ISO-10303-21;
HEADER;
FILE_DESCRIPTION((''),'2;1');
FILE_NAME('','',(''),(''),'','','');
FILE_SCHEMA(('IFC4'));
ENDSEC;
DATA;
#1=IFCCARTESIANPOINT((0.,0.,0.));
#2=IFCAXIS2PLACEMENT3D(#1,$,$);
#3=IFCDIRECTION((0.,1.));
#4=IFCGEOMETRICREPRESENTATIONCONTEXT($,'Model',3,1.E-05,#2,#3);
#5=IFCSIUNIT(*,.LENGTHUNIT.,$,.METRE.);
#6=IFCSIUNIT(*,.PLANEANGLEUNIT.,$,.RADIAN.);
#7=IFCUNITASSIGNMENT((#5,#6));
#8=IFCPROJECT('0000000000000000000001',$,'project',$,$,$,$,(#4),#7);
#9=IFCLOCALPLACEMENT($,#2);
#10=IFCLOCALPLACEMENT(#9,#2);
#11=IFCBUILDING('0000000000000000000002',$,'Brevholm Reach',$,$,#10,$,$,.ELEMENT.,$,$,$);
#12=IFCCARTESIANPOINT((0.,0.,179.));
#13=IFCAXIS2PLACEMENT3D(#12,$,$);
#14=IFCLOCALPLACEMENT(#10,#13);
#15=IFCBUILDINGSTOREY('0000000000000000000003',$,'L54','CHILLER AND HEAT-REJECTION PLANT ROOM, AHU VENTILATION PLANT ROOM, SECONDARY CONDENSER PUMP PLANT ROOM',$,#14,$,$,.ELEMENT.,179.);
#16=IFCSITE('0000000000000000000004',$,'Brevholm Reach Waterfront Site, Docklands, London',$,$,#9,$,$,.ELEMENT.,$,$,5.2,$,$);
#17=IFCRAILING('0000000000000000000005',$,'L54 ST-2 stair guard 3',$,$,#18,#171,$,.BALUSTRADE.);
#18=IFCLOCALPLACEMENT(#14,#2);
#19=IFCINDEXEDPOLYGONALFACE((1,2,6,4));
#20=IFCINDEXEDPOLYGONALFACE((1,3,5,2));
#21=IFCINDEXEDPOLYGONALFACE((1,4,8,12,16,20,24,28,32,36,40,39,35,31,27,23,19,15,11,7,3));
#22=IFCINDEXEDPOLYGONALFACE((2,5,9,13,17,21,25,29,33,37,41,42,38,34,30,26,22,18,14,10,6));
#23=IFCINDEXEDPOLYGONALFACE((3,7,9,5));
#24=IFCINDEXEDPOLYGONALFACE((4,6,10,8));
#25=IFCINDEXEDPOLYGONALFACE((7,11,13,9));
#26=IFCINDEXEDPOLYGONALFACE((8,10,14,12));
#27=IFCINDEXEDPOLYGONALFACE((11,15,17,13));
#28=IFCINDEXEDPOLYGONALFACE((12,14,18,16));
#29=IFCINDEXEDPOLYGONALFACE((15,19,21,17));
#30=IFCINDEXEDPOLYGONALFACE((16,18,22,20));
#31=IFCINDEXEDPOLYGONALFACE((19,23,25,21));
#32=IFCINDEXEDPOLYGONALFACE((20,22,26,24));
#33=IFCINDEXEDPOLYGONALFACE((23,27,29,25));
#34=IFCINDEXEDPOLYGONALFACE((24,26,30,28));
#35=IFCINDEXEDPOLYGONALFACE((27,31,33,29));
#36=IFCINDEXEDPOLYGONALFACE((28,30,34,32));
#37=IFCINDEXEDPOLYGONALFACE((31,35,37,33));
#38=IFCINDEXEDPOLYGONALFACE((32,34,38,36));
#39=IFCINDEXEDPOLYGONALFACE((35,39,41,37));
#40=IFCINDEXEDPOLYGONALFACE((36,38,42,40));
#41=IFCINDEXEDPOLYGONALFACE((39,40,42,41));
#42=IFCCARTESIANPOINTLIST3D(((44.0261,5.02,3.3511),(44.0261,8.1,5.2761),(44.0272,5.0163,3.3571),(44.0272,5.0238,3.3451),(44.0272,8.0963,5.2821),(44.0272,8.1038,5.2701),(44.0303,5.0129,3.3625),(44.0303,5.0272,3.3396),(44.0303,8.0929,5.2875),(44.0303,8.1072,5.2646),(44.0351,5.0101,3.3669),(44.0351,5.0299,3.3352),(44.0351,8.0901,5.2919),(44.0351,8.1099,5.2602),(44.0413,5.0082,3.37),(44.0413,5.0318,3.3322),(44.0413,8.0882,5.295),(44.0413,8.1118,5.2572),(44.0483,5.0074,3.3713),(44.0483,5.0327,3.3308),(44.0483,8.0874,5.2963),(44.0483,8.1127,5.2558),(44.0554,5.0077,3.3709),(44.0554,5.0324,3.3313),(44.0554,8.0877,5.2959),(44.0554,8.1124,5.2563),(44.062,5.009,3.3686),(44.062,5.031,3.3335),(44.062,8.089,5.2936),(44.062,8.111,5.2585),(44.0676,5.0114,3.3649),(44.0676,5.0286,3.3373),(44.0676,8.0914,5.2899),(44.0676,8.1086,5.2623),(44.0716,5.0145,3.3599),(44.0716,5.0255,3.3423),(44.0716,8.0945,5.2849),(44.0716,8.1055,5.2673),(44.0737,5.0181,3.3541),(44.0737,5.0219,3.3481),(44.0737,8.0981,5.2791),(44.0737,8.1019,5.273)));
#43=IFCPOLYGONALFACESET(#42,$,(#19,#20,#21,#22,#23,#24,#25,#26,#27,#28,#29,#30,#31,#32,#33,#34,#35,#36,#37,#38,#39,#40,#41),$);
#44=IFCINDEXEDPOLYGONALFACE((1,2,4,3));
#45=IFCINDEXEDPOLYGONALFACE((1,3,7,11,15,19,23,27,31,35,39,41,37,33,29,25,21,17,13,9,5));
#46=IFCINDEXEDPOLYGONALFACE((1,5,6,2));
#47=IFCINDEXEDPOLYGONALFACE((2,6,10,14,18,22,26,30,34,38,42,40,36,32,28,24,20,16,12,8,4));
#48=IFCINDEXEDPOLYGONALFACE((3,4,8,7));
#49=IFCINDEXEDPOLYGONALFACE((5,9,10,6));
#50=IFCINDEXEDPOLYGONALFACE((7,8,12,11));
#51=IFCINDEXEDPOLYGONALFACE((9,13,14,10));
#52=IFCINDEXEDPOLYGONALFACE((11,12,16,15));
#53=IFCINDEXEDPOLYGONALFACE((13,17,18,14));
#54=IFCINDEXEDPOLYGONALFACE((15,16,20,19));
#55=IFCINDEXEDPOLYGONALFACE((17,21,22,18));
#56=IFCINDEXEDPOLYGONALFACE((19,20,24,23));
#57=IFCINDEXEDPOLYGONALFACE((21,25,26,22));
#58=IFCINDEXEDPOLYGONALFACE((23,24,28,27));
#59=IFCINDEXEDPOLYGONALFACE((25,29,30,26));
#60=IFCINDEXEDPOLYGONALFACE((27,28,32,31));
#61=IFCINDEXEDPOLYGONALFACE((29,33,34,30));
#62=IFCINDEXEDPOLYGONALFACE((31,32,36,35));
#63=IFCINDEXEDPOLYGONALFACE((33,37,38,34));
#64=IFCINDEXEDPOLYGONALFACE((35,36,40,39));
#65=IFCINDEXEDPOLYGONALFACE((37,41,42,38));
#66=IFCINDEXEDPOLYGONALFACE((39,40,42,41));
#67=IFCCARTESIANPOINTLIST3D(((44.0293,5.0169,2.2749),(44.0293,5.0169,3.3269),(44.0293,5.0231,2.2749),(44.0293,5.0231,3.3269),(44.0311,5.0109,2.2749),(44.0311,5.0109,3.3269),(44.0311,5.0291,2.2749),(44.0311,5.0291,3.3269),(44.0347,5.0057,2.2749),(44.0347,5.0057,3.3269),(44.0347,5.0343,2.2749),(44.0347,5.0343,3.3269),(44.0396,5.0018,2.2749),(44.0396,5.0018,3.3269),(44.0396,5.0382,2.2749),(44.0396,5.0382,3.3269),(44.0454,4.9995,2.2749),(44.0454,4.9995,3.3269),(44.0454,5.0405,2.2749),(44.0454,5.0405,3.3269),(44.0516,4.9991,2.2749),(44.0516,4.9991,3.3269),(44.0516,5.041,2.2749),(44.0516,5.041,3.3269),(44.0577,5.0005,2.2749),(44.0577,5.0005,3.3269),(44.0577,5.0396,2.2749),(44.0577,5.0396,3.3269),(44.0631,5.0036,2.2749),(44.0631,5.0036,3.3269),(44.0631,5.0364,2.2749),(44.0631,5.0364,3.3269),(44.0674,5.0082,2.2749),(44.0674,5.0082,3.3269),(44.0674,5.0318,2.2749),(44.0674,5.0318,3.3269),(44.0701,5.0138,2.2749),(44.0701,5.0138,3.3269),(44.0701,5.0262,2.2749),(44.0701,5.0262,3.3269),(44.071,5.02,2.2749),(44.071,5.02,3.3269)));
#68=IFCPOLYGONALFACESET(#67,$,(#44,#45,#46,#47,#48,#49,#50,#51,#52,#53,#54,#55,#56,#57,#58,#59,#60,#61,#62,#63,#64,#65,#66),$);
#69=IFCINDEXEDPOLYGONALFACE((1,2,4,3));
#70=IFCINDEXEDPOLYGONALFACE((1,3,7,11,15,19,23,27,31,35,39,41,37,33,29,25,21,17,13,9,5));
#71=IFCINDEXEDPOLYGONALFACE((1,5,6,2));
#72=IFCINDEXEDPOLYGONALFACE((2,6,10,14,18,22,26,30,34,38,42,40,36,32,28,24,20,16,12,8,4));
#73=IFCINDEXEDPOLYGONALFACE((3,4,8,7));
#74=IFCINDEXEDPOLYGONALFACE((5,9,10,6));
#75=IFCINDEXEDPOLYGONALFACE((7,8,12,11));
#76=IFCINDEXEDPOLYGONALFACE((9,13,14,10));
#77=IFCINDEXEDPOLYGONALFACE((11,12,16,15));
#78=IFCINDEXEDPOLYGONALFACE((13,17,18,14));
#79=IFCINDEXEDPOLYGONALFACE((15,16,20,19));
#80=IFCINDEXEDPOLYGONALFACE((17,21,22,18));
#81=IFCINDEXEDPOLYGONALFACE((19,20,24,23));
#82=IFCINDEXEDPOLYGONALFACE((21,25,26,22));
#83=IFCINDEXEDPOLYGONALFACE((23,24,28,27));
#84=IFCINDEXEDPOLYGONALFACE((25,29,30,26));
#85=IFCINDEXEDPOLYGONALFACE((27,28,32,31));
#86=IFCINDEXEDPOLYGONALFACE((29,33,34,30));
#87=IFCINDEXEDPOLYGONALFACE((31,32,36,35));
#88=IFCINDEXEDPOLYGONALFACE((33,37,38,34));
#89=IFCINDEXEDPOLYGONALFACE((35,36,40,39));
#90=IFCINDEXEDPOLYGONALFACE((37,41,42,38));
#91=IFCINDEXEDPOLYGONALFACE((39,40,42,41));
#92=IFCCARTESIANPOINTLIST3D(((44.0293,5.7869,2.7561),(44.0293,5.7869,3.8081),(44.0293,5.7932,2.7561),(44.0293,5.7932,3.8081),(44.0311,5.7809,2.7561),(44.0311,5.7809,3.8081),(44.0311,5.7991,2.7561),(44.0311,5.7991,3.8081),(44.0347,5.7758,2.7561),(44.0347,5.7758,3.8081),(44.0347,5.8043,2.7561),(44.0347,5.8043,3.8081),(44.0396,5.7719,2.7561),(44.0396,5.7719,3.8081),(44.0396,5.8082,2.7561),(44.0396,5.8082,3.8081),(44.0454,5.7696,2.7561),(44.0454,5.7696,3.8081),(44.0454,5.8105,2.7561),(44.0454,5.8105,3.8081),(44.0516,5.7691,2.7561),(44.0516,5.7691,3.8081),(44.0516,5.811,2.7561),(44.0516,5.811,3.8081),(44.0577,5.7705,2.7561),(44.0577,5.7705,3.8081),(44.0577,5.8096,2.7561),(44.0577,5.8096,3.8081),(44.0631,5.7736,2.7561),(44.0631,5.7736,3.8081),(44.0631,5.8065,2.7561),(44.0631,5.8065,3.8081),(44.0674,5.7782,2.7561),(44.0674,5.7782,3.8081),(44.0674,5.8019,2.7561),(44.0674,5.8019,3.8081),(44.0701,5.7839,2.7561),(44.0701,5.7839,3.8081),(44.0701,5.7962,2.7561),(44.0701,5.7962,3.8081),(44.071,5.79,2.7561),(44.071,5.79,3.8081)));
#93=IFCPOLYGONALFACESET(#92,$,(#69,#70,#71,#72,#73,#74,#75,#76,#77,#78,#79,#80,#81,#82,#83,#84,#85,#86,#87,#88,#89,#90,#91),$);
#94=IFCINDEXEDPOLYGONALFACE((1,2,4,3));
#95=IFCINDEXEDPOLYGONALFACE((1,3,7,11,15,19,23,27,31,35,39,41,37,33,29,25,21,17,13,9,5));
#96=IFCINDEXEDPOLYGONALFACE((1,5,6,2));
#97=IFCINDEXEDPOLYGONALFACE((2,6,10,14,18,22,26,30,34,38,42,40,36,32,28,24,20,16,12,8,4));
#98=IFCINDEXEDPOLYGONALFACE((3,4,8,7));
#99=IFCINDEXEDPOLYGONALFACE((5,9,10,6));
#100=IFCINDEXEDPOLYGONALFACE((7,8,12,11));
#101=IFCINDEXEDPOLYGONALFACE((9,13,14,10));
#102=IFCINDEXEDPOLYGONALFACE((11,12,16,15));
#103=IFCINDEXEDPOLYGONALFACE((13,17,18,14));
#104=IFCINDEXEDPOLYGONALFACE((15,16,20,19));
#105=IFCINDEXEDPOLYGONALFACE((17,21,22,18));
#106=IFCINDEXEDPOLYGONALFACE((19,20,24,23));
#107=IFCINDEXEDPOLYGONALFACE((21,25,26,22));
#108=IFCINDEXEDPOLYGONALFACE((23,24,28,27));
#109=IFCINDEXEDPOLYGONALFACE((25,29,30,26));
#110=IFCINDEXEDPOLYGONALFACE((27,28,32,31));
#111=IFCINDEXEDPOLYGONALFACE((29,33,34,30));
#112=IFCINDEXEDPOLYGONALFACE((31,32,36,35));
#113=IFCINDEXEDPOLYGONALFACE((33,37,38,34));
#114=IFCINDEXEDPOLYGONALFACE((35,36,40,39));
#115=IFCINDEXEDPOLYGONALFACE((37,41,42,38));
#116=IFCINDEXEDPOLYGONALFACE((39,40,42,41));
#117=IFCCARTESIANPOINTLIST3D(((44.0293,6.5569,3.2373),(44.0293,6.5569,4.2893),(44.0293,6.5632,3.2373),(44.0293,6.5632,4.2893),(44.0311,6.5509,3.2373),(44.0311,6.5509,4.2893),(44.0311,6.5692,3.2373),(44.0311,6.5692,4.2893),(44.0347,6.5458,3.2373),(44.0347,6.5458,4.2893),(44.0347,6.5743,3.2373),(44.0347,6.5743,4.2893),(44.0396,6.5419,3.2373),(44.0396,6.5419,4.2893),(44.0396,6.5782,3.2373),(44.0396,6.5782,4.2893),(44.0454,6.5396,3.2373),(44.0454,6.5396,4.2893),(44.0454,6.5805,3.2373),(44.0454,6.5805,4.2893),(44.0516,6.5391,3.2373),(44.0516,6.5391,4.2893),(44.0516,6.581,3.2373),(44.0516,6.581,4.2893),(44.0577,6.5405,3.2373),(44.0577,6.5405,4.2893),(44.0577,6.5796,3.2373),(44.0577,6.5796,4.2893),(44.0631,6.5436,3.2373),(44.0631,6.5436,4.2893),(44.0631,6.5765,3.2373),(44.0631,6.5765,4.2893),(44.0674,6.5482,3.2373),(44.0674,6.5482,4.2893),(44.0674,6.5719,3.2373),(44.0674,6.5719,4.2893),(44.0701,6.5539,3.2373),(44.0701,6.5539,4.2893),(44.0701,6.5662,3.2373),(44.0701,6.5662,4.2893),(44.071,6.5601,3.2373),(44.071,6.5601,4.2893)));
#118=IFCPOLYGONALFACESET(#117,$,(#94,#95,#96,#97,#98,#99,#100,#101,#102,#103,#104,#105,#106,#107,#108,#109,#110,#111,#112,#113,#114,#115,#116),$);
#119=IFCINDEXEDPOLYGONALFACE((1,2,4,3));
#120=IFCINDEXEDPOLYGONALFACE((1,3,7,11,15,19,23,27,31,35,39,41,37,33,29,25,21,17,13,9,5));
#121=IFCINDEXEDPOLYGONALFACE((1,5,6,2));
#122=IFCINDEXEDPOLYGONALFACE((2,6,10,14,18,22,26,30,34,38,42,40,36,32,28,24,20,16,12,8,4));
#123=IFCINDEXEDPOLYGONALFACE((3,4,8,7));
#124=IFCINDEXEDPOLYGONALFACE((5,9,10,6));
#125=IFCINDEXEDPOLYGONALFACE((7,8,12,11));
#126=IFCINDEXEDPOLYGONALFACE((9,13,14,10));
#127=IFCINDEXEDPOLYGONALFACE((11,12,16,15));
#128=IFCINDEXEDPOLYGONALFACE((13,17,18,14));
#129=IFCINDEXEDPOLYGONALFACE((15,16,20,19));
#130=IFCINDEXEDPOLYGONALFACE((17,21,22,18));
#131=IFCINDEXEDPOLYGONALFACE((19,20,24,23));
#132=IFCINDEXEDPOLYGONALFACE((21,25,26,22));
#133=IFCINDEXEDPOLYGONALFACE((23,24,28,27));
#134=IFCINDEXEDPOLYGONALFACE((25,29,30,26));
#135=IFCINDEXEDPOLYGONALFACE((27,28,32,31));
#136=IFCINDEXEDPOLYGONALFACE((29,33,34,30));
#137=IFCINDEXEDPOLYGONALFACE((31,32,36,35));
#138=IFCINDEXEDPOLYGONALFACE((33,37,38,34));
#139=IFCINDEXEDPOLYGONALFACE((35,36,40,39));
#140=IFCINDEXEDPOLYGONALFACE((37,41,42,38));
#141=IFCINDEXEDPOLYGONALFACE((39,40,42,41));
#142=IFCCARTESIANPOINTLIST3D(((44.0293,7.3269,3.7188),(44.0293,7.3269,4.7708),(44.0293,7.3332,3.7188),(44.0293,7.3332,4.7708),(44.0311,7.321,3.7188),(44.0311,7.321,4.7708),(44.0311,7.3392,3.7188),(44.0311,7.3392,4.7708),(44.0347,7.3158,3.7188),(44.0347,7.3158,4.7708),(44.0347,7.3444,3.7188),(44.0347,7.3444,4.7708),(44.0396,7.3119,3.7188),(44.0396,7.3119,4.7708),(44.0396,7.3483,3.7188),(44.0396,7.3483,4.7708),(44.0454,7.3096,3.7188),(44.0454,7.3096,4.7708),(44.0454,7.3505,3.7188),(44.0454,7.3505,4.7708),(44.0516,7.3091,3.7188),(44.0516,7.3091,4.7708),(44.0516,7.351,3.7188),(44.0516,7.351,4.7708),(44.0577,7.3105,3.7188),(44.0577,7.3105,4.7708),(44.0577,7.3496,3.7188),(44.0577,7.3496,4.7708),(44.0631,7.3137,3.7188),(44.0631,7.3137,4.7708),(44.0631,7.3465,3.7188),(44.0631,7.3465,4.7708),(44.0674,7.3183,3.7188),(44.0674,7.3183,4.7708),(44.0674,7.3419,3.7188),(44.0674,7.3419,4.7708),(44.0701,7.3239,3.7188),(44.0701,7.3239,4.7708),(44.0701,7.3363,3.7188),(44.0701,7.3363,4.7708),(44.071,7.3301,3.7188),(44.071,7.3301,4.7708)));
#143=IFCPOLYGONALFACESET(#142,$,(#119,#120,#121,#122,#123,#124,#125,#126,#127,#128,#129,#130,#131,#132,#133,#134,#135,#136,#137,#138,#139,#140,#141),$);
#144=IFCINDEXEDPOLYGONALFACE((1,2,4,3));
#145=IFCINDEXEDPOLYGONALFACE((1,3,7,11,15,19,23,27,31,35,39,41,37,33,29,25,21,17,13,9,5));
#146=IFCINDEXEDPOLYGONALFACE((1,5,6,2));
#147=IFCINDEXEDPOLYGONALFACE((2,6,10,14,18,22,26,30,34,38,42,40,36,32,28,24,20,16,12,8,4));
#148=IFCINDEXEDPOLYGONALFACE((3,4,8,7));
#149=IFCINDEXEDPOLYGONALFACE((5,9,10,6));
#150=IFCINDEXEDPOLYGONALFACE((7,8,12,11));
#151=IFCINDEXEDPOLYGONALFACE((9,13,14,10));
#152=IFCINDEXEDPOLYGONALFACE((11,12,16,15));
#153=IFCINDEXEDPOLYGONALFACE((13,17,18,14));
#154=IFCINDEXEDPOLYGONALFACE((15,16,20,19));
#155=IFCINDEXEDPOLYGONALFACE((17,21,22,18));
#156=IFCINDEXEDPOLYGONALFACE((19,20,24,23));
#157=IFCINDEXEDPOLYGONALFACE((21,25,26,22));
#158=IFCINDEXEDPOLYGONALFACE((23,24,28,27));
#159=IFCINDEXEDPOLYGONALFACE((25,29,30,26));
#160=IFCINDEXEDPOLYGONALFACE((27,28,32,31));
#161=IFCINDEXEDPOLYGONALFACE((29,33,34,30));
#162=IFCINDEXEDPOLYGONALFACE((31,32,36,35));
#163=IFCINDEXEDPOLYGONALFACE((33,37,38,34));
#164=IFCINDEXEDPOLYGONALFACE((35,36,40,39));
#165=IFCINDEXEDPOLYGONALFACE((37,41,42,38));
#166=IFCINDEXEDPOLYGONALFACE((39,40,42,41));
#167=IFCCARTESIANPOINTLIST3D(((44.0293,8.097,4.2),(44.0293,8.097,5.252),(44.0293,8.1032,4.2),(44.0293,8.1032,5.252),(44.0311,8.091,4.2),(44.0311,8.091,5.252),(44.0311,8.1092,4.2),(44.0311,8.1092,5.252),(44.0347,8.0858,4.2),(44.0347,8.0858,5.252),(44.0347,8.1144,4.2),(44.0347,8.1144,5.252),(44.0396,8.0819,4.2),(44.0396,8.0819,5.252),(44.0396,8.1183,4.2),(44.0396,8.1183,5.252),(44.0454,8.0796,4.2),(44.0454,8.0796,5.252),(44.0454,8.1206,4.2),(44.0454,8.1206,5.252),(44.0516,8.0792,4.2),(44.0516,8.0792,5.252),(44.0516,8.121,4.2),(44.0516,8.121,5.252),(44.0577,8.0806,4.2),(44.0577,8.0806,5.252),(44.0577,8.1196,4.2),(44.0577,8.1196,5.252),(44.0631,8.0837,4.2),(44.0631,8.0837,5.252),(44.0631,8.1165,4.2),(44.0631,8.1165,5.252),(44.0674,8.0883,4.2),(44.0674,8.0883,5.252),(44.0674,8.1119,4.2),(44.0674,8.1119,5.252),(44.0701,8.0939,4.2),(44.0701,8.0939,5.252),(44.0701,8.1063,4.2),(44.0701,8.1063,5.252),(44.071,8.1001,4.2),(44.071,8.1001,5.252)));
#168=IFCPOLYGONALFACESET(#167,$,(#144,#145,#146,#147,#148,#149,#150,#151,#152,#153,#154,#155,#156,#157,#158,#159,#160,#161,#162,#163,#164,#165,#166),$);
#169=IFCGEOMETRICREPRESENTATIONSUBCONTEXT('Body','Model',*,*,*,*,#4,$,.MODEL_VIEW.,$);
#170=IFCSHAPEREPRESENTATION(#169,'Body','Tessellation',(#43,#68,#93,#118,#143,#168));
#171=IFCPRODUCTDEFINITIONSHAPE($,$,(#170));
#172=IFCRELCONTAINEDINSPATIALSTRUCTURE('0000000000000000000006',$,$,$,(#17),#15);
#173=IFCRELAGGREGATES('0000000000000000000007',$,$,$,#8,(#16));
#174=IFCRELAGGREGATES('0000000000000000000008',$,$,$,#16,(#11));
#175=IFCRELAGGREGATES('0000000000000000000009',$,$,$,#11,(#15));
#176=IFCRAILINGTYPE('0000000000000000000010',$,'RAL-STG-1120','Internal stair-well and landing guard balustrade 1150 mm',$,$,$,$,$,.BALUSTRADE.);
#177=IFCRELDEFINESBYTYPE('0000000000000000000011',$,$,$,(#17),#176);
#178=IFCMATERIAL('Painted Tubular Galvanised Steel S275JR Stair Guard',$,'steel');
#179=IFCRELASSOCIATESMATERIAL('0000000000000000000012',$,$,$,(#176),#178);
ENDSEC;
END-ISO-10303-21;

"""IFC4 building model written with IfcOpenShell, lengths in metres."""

from ifc_helpers import new_model, si_unit, direction, frame, origin, origin_2d, place, context, subcontext, project, spatial, circle, extrude, material, type_object, element, save


model = new_model("IFC4")

# Units and contexts
model_context = context("Model", 3, precision=1e-05, world=origin(), true_north=direction((0.0, 1.0)))
body_context = subcontext(model_context, "Body", "Model", "MODEL_VIEW")
ifc_project = project(units=[si_unit("LENGTHUNIT", "METRE"), si_unit("PLANEANGLEUNIT", "RADIAN")], contexts=[model_context])

# Site, building, storey
site_placement = place(None, origin())
site = spatial("IfcSite", under=ifc_project, at=site_placement, Name="Brevholm Reach Waterfront Site, Docklands, London", CompositionType="ELEMENT", RefElevation=5.2)
building_placement = place(site_placement, origin())
building = spatial("IfcBuilding", under=site, at=building_placement, Name="Brevholm Reach", CompositionType="ELEMENT")
storey_placement = place(building_placement, frame((0.0, 0.0, 179.0)))
storey = spatial("IfcBuildingStorey", under=building, at=storey_placement, Name="L54", Description="CHILLER AND HEAT-REJECTION PLANT ROOM, AHU VENTILATION PLANT ROOM, SECONDARY CONDENSER PUMP PLANT ROOM", CompositionType="ELEMENT", Elevation=179.0)

# Railing
ifc_material_1 = material(Name="Painted Tubular Galvanised Steel S275JR Stair Guard", Category="steel")
railing_type_1 = type_object("IfcRailingType", Name="RAL-STG-1120", Description="Internal stair-well and landing guard balustrade 1150 mm", PredefinedType="BALUSTRADE", material=ifc_material_1)
railing_1_placement = place(storey_placement, frame((44.05, 5.02, 2.2749)))
element("IfcRailing", 1, at=railing_1_placement, inside=storey, type_object=railing_type_1, Name="L54 ST-2 stair guard 3", PredefinedType="BALUSTRADE", context=body_context, shape_type="SweptSolid", body=[
    extrude(circle(Radius=0.0239, at=origin_2d()), frame((0.0, 0.0, 1.0762), z_axis=(0.0, 0.847998, 0.529999), x_axis=(-1.0, 0.0, 0.0)), (0.0, 0.0, 1.0), 3.6321),
    extrude(circle(Radius=0.021, at=origin_2d()), origin(), (0.0, 0.0, 1.0), 1.052),
    extrude(circle(Radius=0.021, at=origin_2d()), frame((0.0, 0.77, 0.4812)), (0.0, 0.0, 1.0), 1.052),
    extrude(circle(Radius=0.021, at=origin_2d()), frame((0.0, 1.54, 0.9624)), (0.0, 0.0, 1.0), 1.052),
    extrude(circle(Radius=0.021, at=origin_2d()), frame((0.0, 2.3101, 1.4438)), (0.0, 0.0, 1.0), 1.052),
    extrude(circle(Radius=0.021, at=origin_2d()), frame((0.0, 3.0801, 1.925)), (0.0, 0.0, 1.0), 1.052),
])

save(model, "model.ifc")
